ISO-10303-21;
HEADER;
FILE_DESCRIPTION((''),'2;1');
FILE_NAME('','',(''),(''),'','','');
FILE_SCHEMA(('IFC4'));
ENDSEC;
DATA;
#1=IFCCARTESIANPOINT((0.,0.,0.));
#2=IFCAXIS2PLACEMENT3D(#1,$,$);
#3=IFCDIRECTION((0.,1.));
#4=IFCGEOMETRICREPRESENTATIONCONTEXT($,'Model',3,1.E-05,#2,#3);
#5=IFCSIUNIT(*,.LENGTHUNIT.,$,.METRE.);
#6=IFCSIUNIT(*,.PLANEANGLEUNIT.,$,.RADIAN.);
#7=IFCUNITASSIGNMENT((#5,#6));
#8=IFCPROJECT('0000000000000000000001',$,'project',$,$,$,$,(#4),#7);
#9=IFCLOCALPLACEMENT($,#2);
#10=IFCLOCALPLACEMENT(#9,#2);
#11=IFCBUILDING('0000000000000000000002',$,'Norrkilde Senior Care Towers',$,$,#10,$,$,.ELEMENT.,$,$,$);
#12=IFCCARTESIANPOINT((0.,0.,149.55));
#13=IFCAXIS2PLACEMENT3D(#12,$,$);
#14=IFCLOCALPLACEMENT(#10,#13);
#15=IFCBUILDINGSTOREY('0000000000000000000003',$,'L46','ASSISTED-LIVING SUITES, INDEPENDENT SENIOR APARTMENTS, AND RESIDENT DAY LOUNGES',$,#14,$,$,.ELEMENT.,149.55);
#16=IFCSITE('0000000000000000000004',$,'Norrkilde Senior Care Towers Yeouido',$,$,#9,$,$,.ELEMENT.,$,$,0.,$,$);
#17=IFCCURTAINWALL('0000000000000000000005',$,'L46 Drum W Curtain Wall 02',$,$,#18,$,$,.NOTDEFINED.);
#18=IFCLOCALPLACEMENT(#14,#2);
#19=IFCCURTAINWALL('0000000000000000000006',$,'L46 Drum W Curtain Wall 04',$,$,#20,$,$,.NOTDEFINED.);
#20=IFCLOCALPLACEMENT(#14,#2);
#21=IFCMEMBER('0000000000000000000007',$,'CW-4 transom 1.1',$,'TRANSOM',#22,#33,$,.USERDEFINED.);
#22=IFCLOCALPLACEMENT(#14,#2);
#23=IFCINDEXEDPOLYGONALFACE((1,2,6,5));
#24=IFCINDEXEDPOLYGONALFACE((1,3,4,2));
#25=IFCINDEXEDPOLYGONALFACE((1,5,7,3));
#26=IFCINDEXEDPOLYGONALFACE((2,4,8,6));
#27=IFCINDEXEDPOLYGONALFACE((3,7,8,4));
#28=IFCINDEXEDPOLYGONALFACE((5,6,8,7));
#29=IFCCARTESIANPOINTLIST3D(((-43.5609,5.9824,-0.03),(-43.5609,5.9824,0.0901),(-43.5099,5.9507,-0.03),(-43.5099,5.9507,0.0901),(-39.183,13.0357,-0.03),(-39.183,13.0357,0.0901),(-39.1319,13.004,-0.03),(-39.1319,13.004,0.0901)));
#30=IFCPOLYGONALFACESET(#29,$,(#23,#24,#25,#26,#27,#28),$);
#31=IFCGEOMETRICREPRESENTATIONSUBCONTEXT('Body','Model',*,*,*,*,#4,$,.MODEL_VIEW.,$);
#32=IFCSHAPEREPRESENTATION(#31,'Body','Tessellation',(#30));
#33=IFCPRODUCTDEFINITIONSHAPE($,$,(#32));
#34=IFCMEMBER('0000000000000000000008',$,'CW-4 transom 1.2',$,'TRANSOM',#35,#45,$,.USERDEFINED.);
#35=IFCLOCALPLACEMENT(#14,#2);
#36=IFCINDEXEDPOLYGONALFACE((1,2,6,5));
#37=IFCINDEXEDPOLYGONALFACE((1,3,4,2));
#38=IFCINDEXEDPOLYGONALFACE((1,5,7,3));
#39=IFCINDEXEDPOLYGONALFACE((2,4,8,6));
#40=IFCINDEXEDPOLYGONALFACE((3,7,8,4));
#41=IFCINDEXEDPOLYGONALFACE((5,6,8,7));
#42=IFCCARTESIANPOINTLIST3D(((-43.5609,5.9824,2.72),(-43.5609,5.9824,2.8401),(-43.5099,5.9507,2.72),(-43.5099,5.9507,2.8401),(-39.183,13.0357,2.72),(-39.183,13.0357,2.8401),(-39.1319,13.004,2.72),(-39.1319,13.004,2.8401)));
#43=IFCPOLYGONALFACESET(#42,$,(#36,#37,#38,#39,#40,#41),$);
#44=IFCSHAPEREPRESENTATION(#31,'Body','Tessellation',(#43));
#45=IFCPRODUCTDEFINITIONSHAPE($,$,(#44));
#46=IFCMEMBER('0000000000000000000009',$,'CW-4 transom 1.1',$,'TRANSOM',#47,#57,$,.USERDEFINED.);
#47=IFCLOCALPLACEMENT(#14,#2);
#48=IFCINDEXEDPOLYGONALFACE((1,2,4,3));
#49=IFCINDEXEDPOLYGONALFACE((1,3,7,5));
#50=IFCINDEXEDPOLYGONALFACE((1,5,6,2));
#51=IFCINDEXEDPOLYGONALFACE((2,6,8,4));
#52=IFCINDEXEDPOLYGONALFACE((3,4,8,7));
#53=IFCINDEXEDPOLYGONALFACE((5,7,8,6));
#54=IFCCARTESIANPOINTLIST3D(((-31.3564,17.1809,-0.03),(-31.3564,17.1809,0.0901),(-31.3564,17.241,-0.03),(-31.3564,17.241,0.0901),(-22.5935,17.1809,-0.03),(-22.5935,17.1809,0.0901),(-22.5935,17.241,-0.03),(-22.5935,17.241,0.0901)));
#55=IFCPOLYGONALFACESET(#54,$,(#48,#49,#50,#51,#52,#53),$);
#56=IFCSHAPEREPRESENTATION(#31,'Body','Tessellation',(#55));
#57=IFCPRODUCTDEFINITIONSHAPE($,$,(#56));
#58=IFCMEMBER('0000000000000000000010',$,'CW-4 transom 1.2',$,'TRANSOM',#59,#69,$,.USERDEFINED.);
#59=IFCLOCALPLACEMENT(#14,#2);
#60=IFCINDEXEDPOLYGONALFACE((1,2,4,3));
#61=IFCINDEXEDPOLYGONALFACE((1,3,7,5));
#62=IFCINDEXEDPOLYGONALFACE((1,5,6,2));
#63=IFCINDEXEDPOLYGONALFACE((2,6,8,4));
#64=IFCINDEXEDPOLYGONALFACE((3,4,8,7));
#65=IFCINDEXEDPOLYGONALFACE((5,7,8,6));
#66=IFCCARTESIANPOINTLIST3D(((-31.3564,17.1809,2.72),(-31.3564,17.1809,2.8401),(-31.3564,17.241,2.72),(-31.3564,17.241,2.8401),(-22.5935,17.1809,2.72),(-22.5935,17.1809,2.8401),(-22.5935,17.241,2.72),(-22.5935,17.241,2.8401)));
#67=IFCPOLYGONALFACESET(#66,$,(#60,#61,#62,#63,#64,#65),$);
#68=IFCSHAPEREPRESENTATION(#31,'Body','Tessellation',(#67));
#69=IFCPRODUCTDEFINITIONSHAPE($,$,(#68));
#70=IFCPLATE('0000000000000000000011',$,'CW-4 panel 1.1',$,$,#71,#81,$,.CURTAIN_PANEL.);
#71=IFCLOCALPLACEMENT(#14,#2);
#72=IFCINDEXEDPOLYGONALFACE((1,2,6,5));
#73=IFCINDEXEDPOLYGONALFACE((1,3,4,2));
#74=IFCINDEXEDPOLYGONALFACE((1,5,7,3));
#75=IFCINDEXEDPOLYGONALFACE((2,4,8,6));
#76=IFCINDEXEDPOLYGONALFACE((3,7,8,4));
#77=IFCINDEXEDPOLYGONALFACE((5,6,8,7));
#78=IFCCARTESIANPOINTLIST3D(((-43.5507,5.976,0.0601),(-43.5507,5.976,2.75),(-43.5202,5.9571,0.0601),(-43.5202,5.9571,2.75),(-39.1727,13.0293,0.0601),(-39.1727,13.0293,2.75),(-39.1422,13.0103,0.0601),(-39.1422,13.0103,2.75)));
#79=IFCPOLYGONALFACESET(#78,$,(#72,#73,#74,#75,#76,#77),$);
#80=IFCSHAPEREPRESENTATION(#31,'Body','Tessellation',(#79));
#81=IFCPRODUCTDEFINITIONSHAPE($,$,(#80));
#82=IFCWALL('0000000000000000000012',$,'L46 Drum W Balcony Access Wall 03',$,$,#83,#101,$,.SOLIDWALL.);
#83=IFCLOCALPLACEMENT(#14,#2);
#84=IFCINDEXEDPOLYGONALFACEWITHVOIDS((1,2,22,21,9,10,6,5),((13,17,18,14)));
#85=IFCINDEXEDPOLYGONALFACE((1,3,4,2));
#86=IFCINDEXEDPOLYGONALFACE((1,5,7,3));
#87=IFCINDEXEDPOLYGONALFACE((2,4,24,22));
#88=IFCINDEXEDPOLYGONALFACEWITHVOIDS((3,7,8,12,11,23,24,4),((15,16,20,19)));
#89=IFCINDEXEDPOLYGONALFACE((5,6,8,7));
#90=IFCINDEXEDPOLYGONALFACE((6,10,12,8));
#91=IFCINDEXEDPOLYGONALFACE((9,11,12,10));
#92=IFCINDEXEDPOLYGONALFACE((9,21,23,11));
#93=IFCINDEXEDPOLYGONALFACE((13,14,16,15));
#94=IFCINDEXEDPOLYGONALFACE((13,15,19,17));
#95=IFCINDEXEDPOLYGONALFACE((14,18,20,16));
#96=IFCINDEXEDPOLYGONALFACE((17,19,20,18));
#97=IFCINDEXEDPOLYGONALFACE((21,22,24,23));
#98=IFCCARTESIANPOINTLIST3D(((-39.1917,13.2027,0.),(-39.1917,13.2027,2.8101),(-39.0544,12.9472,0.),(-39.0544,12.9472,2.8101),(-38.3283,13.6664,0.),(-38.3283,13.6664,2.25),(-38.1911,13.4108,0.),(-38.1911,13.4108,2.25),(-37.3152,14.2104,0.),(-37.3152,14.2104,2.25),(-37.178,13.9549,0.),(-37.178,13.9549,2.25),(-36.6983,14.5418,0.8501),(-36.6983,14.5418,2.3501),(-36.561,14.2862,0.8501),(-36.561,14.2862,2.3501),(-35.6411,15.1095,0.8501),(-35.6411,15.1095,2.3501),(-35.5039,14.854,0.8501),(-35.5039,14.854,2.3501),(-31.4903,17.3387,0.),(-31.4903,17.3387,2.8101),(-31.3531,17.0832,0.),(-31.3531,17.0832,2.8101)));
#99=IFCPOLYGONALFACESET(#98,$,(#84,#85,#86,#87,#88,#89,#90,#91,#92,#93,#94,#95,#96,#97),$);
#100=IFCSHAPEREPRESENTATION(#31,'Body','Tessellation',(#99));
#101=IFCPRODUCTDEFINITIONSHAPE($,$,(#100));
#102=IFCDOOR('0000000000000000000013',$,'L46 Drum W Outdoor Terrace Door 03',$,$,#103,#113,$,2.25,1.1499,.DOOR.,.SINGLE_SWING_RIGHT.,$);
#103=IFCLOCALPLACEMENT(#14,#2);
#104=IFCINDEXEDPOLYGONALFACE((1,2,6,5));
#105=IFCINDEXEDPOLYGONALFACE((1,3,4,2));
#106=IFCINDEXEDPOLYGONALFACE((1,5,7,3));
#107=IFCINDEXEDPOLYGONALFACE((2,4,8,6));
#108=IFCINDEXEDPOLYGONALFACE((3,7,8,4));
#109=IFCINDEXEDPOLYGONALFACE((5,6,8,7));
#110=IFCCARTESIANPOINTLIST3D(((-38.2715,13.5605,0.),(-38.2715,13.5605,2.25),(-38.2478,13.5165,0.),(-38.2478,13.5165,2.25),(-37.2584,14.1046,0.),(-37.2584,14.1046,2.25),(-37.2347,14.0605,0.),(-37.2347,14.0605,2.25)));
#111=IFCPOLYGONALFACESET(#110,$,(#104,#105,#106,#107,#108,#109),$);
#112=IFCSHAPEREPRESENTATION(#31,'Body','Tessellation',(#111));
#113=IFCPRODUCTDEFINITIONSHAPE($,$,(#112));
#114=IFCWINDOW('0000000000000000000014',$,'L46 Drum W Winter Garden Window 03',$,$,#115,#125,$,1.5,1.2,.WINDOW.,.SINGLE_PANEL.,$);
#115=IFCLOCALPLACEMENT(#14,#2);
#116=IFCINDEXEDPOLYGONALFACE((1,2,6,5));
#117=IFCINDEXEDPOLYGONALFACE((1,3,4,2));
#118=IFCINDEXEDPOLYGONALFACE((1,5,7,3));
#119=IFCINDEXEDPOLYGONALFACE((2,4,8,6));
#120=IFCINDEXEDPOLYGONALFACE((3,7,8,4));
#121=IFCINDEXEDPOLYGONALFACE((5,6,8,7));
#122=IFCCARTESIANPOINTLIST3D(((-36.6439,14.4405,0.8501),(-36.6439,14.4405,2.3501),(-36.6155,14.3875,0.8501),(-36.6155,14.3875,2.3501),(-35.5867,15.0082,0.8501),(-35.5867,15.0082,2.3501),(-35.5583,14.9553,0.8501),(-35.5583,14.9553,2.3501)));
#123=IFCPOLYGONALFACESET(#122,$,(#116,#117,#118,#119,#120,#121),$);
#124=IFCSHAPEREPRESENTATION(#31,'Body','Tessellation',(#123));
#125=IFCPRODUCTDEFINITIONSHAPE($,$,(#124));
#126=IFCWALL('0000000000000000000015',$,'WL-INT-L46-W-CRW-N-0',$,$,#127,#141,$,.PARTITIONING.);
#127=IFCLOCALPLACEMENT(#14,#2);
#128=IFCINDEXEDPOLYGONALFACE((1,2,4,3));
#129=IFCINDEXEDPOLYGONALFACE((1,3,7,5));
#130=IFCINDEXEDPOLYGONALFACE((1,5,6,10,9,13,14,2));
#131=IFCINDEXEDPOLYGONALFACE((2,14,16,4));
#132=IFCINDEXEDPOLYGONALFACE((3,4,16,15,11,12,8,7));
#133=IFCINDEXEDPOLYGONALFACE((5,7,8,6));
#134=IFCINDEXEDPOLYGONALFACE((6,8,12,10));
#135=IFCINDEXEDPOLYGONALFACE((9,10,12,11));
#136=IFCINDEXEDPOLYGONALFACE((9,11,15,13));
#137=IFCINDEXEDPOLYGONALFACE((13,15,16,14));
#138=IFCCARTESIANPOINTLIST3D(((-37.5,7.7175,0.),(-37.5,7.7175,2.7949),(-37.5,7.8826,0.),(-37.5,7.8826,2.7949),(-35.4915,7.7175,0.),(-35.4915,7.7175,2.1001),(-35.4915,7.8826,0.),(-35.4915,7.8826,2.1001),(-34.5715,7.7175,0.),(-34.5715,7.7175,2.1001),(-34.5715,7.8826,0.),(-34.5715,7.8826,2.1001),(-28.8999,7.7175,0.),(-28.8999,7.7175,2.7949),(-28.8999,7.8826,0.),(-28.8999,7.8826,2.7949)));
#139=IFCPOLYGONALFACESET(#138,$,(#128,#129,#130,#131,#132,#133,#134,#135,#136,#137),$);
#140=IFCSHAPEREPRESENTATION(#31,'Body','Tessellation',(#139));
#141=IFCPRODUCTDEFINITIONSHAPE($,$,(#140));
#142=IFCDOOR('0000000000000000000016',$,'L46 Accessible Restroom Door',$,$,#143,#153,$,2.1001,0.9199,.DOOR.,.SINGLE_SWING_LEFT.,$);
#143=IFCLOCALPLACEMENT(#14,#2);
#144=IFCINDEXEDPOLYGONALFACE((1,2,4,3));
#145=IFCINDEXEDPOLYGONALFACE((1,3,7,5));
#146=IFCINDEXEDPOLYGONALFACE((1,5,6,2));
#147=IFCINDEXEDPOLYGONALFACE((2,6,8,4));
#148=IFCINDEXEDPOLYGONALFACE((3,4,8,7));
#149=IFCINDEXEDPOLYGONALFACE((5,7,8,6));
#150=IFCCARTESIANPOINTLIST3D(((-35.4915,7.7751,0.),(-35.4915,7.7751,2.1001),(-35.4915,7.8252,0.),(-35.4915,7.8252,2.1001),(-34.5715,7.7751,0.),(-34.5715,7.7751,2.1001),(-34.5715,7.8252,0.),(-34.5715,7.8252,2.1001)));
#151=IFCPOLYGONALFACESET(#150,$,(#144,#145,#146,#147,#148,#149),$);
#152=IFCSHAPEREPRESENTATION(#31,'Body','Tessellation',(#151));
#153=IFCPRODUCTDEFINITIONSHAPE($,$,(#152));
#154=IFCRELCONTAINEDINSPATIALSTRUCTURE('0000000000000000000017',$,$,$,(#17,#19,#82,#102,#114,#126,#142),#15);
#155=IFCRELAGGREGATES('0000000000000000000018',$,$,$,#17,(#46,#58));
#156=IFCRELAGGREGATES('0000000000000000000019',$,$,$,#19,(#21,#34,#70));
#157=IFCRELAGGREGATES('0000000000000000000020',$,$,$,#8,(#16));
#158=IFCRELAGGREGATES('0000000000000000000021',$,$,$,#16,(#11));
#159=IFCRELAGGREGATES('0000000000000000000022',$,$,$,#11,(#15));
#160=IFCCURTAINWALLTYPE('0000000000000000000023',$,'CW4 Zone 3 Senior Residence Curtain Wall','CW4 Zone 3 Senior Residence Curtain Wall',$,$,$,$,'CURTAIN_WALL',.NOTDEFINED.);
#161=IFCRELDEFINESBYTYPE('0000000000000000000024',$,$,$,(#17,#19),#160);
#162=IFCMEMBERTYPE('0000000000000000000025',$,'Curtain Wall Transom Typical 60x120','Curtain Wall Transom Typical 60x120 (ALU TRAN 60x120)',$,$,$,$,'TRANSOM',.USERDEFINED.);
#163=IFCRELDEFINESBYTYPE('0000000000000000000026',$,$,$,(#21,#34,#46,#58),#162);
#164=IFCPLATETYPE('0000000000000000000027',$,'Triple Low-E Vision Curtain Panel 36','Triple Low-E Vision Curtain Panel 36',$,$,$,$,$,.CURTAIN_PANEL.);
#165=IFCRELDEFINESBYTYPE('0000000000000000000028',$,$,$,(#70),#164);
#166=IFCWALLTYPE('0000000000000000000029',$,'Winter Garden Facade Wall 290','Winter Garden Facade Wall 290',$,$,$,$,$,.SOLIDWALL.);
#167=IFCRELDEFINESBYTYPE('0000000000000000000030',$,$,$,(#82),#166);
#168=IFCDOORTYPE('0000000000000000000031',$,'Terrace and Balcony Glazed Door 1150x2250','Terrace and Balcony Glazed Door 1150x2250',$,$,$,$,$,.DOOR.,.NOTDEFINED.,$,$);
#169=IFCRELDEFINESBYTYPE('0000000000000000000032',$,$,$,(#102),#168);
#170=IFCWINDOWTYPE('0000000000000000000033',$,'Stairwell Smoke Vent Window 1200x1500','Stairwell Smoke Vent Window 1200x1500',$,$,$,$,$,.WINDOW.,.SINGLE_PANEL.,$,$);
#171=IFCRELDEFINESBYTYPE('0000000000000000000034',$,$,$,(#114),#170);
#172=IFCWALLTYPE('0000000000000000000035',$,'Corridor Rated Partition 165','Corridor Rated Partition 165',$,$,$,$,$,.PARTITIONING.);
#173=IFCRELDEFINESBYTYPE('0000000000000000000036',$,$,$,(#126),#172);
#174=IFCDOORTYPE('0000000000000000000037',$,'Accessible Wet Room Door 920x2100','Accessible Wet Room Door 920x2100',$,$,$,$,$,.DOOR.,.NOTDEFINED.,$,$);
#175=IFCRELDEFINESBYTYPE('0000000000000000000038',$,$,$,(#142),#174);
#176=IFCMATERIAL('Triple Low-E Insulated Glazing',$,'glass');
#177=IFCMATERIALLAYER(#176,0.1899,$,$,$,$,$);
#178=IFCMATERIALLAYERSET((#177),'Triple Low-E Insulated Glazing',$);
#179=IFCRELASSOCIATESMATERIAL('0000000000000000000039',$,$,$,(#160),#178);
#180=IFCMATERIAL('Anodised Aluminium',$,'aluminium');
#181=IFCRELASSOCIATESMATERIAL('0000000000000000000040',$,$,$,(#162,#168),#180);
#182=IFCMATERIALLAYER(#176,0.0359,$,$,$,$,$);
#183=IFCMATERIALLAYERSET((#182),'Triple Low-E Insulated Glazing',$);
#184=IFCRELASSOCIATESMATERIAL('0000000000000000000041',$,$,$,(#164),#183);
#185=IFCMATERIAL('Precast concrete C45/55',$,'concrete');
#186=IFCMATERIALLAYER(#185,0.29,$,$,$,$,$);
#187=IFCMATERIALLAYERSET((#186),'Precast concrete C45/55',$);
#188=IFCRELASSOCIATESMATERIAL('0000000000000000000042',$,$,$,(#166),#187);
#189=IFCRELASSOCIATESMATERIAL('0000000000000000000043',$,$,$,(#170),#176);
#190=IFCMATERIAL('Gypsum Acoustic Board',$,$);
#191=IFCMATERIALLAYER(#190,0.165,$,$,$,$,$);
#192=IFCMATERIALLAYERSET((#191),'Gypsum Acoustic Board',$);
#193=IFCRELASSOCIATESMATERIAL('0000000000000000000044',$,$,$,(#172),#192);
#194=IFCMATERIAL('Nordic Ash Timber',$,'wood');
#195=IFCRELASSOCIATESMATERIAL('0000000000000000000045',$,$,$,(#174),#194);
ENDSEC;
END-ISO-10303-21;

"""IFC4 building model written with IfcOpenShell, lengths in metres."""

from ifc_helpers import new_model, si_unit, direction, frame, frame_2d, origin, origin_2d, place, context, subcontext, project, spatial, rectangle, extrude, source, transform, mapped, material, layer, layer_set, material_profile, profile_set, type_object, type_shapes, element, fill, aggregate, save


model = new_model("IFC4")

# Units and contexts
model_context = context("Model", 3, precision=1e-05, world=origin(), true_north=direction((0.0, 1.0)))
body_context = subcontext(model_context, "Body", "Model", "MODEL_VIEW")
ifc_project = project(units=[si_unit("LENGTHUNIT", "METRE"), si_unit("PLANEANGLEUNIT", "RADIAN")], contexts=[model_context])

# Site, building, storey
site_placement = place(None, origin())
site = spatial("IfcSite", under=ifc_project, at=site_placement, Name="Norrkilde Senior Care Towers Yeouido", CompositionType="ELEMENT", RefElevation=0.0)
building_placement = place(site_placement, origin())
building = spatial("IfcBuilding", under=site, at=building_placement, Name="Norrkilde Senior Care Towers", CompositionType="ELEMENT")
storey_placement = place(building_placement, frame((0.0, 0.0, 149.55)))
storey = spatial("IfcBuildingStorey", under=building, at=storey_placement, Name="L46", Description="ASSISTED-LIVING SUITES, INDEPENDENT SENIOR APARTMENTS, AND RESIDENT DAY LOUNGES", CompositionType="ELEMENT", Elevation=149.55)

# Curtain wall
ifc_material_1 = material(Name="Triple Low-E Insulated Glazing", Category="glass")
ifc_layer_1 = layer(ifc_material_1, 0.1899)
ifc_layer_set_1 = layer_set([ifc_layer_1], Name="Triple Low-E Insulated Glazing")
curtain_wall_type = type_object("IfcCurtainWallType", Name="CW4 Zone 3 Senior Residence Curtain Wall", Description="CW4 Zone 3 Senior Residence Curtain Wall", ElementType="CURTAIN_WALL", PredefinedType="NOTDEFINED", material=ifc_layer_set_1)
curtain_wall_1_placement = place(storey_placement, origin())
curtain_wall_1 = element("IfcCurtainWall", 1, at=curtain_wall_1_placement, inside=storey, type_object=curtain_wall_type, Name="L46 Drum W Curtain Wall 02", PredefinedType="NOTDEFINED")
ifc_material_2 = material(Name="Anodised Aluminium", Category="aluminium")

# Curtain wall, members
curtain_wall_2_placement = place(storey_placement, origin())
curtain_wall_2 = element("IfcCurtainWall", 2, at=curtain_wall_2_placement, inside=storey, type_object=curtain_wall_type, Name="L46 Drum W Curtain Wall 04", PredefinedType="NOTDEFINED")
ifc_material_profile_1 = material_profile(ifc_material_2, rectangle(XDim=0.0601, YDim=0.1201, at=origin_2d()), Name="ALU TRAN 60x120")
ifc_profile_set_1 = profile_set([ifc_material_profile_1], Name="Anodised Aluminium")
member_type_1 = type_object("IfcMemberType", Name="Curtain Wall Transom Typical 60x120", Description="Curtain Wall Transom Typical 60x120 (ALU TRAN 60x120)", ElementType="TRANSOM", PredefinedType="USERDEFINED", material=ifc_profile_set_1)
shared_shape_1 = source(origin(), body_context, "Body", "SweptSolid", [
    extrude(rectangle(XDim=0.0601, YDim=0.1201, at=origin_2d()), origin(), (0.0, 0.0, 1.0), 8.3015),
])
member_1_placement = place(storey_placement, frame((-43.5354, 5.9666, 0.03), z_axis=(0.527369, 0.849637, 0.0), x_axis=(-0.849637, 0.527369, 0.0)))
member_1 = element("IfcMember", 3, at=member_1_placement, type_object=member_type_1, Name="CW-4 transom 1.1", ObjectType="TRANSOM", PredefinedType="USERDEFINED", context=body_context, shape_type="MappedRepresentation", body=[
    mapped(shared_shape_1, transform((0.0, 0.0, 0.0), x_axis=(1.0, 0.0, 0.0), y_axis=(0.0, 1.0, 0.0), z_axis=(0.0, 0.0, 1.0), scale=1.0)),
])
member_2_placement = place(storey_placement, frame((-43.5354, 5.9666, 2.78), z_axis=(0.527369, 0.849637, 0.0), x_axis=(-0.849637, 0.527369, 0.0)))
member_2 = element("IfcMember", 4, at=member_2_placement, type_object=member_type_1, Name="CW-4 transom 1.2", ObjectType="TRANSOM", PredefinedType="USERDEFINED", context=body_context, shape_type="MappedRepresentation", body=[
    mapped(shared_shape_1, transform((0.0, 0.0, 0.0), x_axis=(1.0, 0.0, 0.0), y_axis=(0.0, 1.0, 0.0), z_axis=(0.0, 0.0, 1.0), scale=1.0)),
])

# Members
shared_shape_2 = source(origin(), body_context, "Body", "SweptSolid", [
    extrude(rectangle(XDim=0.0601, YDim=0.1201, at=origin_2d()), origin(), (0.0, 0.0, 1.0), 8.7629),
])
type_shapes(member_type_1, [shared_shape_1, shared_shape_2])
member_3_placement = place(storey_placement, frame((-31.3564, 17.2109, 0.03), z_axis=(1.0, 0.0, 0.0), x_axis=(0.0, 1.0, 0.0)))
member_3 = element("IfcMember", 5, at=member_3_placement, type_object=member_type_1, Name="CW-4 transom 1.1", ObjectType="TRANSOM", PredefinedType="USERDEFINED", context=body_context, shape_type="MappedRepresentation", body=[
    mapped(shared_shape_2, transform((0.0, 0.0, 0.0), x_axis=(1.0, 0.0, 0.0), y_axis=(0.0, 1.0, 0.0), z_axis=(0.0, 0.0, 1.0), scale=1.0)),
])
member_4_placement = place(storey_placement, frame((-31.3564, 17.2109, 2.78), z_axis=(1.0, 0.0, 0.0), x_axis=(0.0, 1.0, 0.0)))
member_4 = element("IfcMember", 6, at=member_4_placement, type_object=member_type_1, Name="CW-4 transom 1.2", ObjectType="TRANSOM", PredefinedType="USERDEFINED", context=body_context, shape_type="MappedRepresentation", body=[
    mapped(shared_shape_2, transform((0.0, 0.0, 0.0), x_axis=(1.0, 0.0, 0.0), y_axis=(0.0, 1.0, 0.0), z_axis=(0.0, 0.0, 1.0), scale=1.0)),
])
aggregate(curtain_wall_1, [member_3, member_4])

# Plate
ifc_layer_2 = layer(ifc_material_1, 0.0359)
ifc_layer_set_2 = layer_set([ifc_layer_2], Name="Triple Low-E Insulated Glazing")
plate_type = type_object("IfcPlateType", Name="Triple Low-E Vision Curtain Panel 36", Description="Triple Low-E Vision Curtain Panel 36", PredefinedType="CURTAIN_PANEL", material=ifc_layer_set_2)
shared_shape_3 = source(origin(), body_context, "Body", "SweptSolid", [
    extrude(rectangle(XDim=8.3015, YDim=0.0359, at=origin_2d()), origin(), (0.0, 0.0, 1.0), 2.6899),
])
type_shapes(plate_type, [shared_shape_3])
plate_placement = place(storey_placement, frame((-41.3464, 9.4932, 0.0601), z_axis=(0.0, 0.0, 1.0), x_axis=(0.527373, 0.849634, 0.0)))
plate = element("IfcPlate", 7, at=plate_placement, type_object=plate_type, Name="CW-4 panel 1.1", PredefinedType="CURTAIN_PANEL", context=body_context, shape_type="MappedRepresentation", body=[
    mapped(shared_shape_3, transform((0.0, 0.0, 0.0), x_axis=(1.0, 0.0, 0.0), y_axis=(0.0, 1.0, 0.0), z_axis=(0.0, 0.0, 1.0), scale=1.0)),
])
aggregate(curtain_wall_2, [member_1, member_2, plate])

# Wall, openings, door, window
ifc_material_3 = material(Name="Precast concrete C45/55", Category="concrete")
ifc_layer_3 = layer(ifc_material_3, 0.29)
ifc_layer_set_3 = layer_set([ifc_layer_3], Name="Precast concrete C45/55")
wall_type_1 = type_object("IfcWallType", Name="Winter Garden Facade Wall 290", Description="Winter Garden Facade Wall 290", PredefinedType="SOLIDWALL", material=ifc_layer_set_3)
shared_shape_4 = source(origin(), body_context, "Body", "SweptSolid", [
    extrude(rectangle(XDim=8.7417, YDim=0.29, at=frame_2d((4.3708, 0.0))), origin(), (0.0, 0.0, 1.0), 2.8101),
])
type_shapes(wall_type_1, [shared_shape_4])
wall_1_placement = place(storey_placement, frame((-39.123, 13.075, 0.0), z_axis=(0.0, 0.0, 1.0), x_axis=(0.880992, 0.47313, 0.0)))
wall_1 = element("IfcWall", 8, at=wall_1_placement, inside=storey, type_object=wall_type_1, Name="L46 Drum W Balcony Access Wall 03", PredefinedType="SOLIDWALL", context=body_context, shape_type="MappedRepresentation", body=[
    mapped(shared_shape_4, transform((0.0, 0.0, 0.0), x_axis=(1.0, 0.0, 0.0), y_axis=(0.0, 1.0, 0.0), z_axis=(0.0, 0.0, 1.0), scale=1.0)),
])
opening_1_placement = place(wall_1_placement, frame((0.98, 0.0, 0.0)))
opening_1 = element("IfcOpeningElement", 9, at=opening_1_placement, cuts=wall_1, PredefinedType="OPENING", context=body_context, shape_type="SweptSolid", body=[
    extrude(rectangle(XDim=1.1499, YDim=2.25, at=frame_2d((0.575, 1.125))), frame((0.0, 0.155, 0.0), z_axis=(0.0, -1.0, 0.0), x_axis=(1.0, 0.0, 0.0)), (0.0, 0.0, 1.0), 0.3101),
])
opening_2_placement = place(wall_1_placement, frame((2.8301, 0.0, 0.8501)))
opening_2 = element("IfcOpeningElement", 10, at=opening_2_placement, cuts=wall_1, PredefinedType="OPENING", context=body_context, shape_type="SweptSolid", body=[
    extrude(rectangle(XDim=1.2, YDim=1.5, at=frame_2d((0.6001, 0.75))), frame((0.0, 0.155, 0.0), z_axis=(0.0, -1.0, 0.0), x_axis=(1.0, 0.0, 0.0)), (0.0, 0.0, 1.0), 0.3101),
])
door_type_1 = type_object("IfcDoorType", Name="Terrace and Balcony Glazed Door 1150x2250", Description="Terrace and Balcony Glazed Door 1150x2250", OperationType="NOTDEFINED", PredefinedType="DOOR", material=ifc_material_2)
shared_shape_5 = source(origin(), body_context, "Body", "SweptSolid", [
    extrude(rectangle(XDim=1.1499, YDim=2.25, at=frame_2d((0.575, 1.125))), frame((0.0, 0.0249, 0.0), z_axis=(0.0, -1.0, 0.0), x_axis=(1.0, 0.0, 0.0)), (0.0, 0.0, 1.0), 0.05),
])
type_shapes(door_type_1, [shared_shape_5])
door_1_placement = place(opening_1_placement, origin())
door_1 = element("IfcDoor", 11, at=door_1_placement, inside=storey, type_object=door_type_1, Name="L46 Drum W Outdoor Terrace Door 03", OperationType="SINGLE_SWING_RIGHT", OverallHeight=2.25, OverallWidth=1.1499, PredefinedType="DOOR", context=body_context, shape_type="MappedRepresentation", body=[
    mapped(shared_shape_5, transform((0.0, 0.0, 0.0), x_axis=(1.0, 0.0, 0.0), y_axis=(0.0, 1.0, 0.0), z_axis=(0.0, 0.0, 1.0), scale=1.0)),
])
fill(opening_1, door_1)
window_type = type_object("IfcWindowType", Name="Stairwell Smoke Vent Window 1200x1500", Description="Stairwell Smoke Vent Window 1200x1500", PartitioningType="SINGLE_PANEL", PredefinedType="WINDOW", material=ifc_material_1)
shared_shape_6 = source(origin(), body_context, "Body", "SweptSolid", [
    extrude(rectangle(XDim=1.2, YDim=1.5, at=frame_2d((0.6001, 0.75))), frame((0.0, 0.03, 0.0), z_axis=(0.0, -1.0, 0.0), x_axis=(1.0, 0.0, 0.0)), (0.0, 0.0, 1.0), 0.0601),
])
type_shapes(window_type, [shared_shape_6])
window_placement = place(opening_2_placement, origin())
window = element("IfcWindow", 12, at=window_placement, inside=storey, type_object=window_type, Name="L46 Drum W Winter Garden Window 03", OverallHeight=1.5, OverallWidth=1.2, PartitioningType="SINGLE_PANEL", PredefinedType="WINDOW", context=body_context, shape_type="MappedRepresentation", body=[
    mapped(shared_shape_6, transform((0.0, 0.0, 0.0), x_axis=(1.0, 0.0, 0.0), y_axis=(0.0, 1.0, 0.0), z_axis=(0.0, 0.0, 1.0), scale=1.0)),
])
fill(opening_2, window)

# Wall, opening, door
ifc_material_4 = material(Name="Gypsum Acoustic Board")
ifc_layer_4 = layer(ifc_material_4, 0.165)
ifc_layer_set_4 = layer_set([ifc_layer_4], Name="Gypsum Acoustic Board")
wall_type_2 = type_object("IfcWallType", Name="Corridor Rated Partition 165", Description="Corridor Rated Partition 165", PredefinedType="PARTITIONING", material=ifc_layer_set_4)
shared_shape_7 = source(origin(), body_context, "Body", "SweptSolid", [
    extrude(rectangle(XDim=8.6001, YDim=0.165, at=frame_2d((4.3, 0.0))), origin(), (0.0, 0.0, 1.0), 2.7949),
])
wall_2_placement = place(storey_placement, frame((-37.5, 7.8, 0.0), z_axis=(0.0, 0.0, 1.0), x_axis=(1.0, 0.0, 0.0)))
wall_2 = element("IfcWall", 13, at=wall_2_placement, inside=storey, type_object=wall_type_2, Name="WL-INT-L46-W-CRW-N-0", PredefinedType="PARTITIONING", context=body_context, shape_type="MappedRepresentation", body=[
    mapped(shared_shape_7, transform((0.0, 0.0, 0.0), x_axis=(1.0, 0.0, 0.0), y_axis=(0.0, 1.0, 0.0), z_axis=(0.0, 0.0, 1.0), scale=1.0)),
])
opening_3_placement = place(wall_2_placement, frame((2.0085, 0.0, 0.0)))
opening_3 = element("IfcOpeningElement", 14, at=opening_3_placement, cuts=wall_2, PredefinedType="OPENING", context=body_context, shape_type="SweptSolid", body=[
    extrude(rectangle(XDim=0.9199, YDim=2.1001, at=frame_2d((0.46, 1.05))), frame((0.0, 0.0925, 0.0), z_axis=(0.0, -1.0, 0.0), x_axis=(1.0, 0.0, 0.0)), (0.0, 0.0, 1.0), 0.1851),
])
ifc_material_5 = material(Name="Nordic Ash Timber", Category="wood")
door_type_2 = type_object("IfcDoorType", Name="Accessible Wet Room Door 920x2100", Description="Accessible Wet Room Door 920x2100", OperationType="NOTDEFINED", PredefinedType="DOOR", material=ifc_material_5)
shared_shape_8 = source(origin(), body_context, "Body", "SweptSolid", [
    extrude(rectangle(XDim=0.9199, YDim=2.1001, at=frame_2d((0.46, 1.05))), frame((0.0, 0.0249, 0.0), z_axis=(0.0, -1.0, 0.0), x_axis=(1.0, 0.0, 0.0)), (0.0, 0.0, 1.0), 0.05),
])
type_shapes(door_type_2, [shared_shape_8])
door_2_placement = place(opening_3_placement, frame((0.9199, 0.0, 0.0), z_axis=(0.0, 0.0, 1.0), x_axis=(-1.0, 0.0, 0.0)))
door_2 = element("IfcDoor", 15, at=door_2_placement, inside=storey, type_object=door_type_2, Name="L46 Accessible Restroom Door", OperationType="SINGLE_SWING_LEFT", OverallHeight=2.1001, OverallWidth=0.9199, PredefinedType="DOOR", context=body_context, shape_type="MappedRepresentation", body=[
    mapped(shared_shape_8, transform((0.0, 0.0, 0.0), x_axis=(1.0, 0.0, 0.0), y_axis=(0.0, 1.0, 0.0), z_axis=(0.0, 0.0, 1.0), scale=1.0)),
])
fill(opening_3, door_2)

save(model, "model.ifc")
